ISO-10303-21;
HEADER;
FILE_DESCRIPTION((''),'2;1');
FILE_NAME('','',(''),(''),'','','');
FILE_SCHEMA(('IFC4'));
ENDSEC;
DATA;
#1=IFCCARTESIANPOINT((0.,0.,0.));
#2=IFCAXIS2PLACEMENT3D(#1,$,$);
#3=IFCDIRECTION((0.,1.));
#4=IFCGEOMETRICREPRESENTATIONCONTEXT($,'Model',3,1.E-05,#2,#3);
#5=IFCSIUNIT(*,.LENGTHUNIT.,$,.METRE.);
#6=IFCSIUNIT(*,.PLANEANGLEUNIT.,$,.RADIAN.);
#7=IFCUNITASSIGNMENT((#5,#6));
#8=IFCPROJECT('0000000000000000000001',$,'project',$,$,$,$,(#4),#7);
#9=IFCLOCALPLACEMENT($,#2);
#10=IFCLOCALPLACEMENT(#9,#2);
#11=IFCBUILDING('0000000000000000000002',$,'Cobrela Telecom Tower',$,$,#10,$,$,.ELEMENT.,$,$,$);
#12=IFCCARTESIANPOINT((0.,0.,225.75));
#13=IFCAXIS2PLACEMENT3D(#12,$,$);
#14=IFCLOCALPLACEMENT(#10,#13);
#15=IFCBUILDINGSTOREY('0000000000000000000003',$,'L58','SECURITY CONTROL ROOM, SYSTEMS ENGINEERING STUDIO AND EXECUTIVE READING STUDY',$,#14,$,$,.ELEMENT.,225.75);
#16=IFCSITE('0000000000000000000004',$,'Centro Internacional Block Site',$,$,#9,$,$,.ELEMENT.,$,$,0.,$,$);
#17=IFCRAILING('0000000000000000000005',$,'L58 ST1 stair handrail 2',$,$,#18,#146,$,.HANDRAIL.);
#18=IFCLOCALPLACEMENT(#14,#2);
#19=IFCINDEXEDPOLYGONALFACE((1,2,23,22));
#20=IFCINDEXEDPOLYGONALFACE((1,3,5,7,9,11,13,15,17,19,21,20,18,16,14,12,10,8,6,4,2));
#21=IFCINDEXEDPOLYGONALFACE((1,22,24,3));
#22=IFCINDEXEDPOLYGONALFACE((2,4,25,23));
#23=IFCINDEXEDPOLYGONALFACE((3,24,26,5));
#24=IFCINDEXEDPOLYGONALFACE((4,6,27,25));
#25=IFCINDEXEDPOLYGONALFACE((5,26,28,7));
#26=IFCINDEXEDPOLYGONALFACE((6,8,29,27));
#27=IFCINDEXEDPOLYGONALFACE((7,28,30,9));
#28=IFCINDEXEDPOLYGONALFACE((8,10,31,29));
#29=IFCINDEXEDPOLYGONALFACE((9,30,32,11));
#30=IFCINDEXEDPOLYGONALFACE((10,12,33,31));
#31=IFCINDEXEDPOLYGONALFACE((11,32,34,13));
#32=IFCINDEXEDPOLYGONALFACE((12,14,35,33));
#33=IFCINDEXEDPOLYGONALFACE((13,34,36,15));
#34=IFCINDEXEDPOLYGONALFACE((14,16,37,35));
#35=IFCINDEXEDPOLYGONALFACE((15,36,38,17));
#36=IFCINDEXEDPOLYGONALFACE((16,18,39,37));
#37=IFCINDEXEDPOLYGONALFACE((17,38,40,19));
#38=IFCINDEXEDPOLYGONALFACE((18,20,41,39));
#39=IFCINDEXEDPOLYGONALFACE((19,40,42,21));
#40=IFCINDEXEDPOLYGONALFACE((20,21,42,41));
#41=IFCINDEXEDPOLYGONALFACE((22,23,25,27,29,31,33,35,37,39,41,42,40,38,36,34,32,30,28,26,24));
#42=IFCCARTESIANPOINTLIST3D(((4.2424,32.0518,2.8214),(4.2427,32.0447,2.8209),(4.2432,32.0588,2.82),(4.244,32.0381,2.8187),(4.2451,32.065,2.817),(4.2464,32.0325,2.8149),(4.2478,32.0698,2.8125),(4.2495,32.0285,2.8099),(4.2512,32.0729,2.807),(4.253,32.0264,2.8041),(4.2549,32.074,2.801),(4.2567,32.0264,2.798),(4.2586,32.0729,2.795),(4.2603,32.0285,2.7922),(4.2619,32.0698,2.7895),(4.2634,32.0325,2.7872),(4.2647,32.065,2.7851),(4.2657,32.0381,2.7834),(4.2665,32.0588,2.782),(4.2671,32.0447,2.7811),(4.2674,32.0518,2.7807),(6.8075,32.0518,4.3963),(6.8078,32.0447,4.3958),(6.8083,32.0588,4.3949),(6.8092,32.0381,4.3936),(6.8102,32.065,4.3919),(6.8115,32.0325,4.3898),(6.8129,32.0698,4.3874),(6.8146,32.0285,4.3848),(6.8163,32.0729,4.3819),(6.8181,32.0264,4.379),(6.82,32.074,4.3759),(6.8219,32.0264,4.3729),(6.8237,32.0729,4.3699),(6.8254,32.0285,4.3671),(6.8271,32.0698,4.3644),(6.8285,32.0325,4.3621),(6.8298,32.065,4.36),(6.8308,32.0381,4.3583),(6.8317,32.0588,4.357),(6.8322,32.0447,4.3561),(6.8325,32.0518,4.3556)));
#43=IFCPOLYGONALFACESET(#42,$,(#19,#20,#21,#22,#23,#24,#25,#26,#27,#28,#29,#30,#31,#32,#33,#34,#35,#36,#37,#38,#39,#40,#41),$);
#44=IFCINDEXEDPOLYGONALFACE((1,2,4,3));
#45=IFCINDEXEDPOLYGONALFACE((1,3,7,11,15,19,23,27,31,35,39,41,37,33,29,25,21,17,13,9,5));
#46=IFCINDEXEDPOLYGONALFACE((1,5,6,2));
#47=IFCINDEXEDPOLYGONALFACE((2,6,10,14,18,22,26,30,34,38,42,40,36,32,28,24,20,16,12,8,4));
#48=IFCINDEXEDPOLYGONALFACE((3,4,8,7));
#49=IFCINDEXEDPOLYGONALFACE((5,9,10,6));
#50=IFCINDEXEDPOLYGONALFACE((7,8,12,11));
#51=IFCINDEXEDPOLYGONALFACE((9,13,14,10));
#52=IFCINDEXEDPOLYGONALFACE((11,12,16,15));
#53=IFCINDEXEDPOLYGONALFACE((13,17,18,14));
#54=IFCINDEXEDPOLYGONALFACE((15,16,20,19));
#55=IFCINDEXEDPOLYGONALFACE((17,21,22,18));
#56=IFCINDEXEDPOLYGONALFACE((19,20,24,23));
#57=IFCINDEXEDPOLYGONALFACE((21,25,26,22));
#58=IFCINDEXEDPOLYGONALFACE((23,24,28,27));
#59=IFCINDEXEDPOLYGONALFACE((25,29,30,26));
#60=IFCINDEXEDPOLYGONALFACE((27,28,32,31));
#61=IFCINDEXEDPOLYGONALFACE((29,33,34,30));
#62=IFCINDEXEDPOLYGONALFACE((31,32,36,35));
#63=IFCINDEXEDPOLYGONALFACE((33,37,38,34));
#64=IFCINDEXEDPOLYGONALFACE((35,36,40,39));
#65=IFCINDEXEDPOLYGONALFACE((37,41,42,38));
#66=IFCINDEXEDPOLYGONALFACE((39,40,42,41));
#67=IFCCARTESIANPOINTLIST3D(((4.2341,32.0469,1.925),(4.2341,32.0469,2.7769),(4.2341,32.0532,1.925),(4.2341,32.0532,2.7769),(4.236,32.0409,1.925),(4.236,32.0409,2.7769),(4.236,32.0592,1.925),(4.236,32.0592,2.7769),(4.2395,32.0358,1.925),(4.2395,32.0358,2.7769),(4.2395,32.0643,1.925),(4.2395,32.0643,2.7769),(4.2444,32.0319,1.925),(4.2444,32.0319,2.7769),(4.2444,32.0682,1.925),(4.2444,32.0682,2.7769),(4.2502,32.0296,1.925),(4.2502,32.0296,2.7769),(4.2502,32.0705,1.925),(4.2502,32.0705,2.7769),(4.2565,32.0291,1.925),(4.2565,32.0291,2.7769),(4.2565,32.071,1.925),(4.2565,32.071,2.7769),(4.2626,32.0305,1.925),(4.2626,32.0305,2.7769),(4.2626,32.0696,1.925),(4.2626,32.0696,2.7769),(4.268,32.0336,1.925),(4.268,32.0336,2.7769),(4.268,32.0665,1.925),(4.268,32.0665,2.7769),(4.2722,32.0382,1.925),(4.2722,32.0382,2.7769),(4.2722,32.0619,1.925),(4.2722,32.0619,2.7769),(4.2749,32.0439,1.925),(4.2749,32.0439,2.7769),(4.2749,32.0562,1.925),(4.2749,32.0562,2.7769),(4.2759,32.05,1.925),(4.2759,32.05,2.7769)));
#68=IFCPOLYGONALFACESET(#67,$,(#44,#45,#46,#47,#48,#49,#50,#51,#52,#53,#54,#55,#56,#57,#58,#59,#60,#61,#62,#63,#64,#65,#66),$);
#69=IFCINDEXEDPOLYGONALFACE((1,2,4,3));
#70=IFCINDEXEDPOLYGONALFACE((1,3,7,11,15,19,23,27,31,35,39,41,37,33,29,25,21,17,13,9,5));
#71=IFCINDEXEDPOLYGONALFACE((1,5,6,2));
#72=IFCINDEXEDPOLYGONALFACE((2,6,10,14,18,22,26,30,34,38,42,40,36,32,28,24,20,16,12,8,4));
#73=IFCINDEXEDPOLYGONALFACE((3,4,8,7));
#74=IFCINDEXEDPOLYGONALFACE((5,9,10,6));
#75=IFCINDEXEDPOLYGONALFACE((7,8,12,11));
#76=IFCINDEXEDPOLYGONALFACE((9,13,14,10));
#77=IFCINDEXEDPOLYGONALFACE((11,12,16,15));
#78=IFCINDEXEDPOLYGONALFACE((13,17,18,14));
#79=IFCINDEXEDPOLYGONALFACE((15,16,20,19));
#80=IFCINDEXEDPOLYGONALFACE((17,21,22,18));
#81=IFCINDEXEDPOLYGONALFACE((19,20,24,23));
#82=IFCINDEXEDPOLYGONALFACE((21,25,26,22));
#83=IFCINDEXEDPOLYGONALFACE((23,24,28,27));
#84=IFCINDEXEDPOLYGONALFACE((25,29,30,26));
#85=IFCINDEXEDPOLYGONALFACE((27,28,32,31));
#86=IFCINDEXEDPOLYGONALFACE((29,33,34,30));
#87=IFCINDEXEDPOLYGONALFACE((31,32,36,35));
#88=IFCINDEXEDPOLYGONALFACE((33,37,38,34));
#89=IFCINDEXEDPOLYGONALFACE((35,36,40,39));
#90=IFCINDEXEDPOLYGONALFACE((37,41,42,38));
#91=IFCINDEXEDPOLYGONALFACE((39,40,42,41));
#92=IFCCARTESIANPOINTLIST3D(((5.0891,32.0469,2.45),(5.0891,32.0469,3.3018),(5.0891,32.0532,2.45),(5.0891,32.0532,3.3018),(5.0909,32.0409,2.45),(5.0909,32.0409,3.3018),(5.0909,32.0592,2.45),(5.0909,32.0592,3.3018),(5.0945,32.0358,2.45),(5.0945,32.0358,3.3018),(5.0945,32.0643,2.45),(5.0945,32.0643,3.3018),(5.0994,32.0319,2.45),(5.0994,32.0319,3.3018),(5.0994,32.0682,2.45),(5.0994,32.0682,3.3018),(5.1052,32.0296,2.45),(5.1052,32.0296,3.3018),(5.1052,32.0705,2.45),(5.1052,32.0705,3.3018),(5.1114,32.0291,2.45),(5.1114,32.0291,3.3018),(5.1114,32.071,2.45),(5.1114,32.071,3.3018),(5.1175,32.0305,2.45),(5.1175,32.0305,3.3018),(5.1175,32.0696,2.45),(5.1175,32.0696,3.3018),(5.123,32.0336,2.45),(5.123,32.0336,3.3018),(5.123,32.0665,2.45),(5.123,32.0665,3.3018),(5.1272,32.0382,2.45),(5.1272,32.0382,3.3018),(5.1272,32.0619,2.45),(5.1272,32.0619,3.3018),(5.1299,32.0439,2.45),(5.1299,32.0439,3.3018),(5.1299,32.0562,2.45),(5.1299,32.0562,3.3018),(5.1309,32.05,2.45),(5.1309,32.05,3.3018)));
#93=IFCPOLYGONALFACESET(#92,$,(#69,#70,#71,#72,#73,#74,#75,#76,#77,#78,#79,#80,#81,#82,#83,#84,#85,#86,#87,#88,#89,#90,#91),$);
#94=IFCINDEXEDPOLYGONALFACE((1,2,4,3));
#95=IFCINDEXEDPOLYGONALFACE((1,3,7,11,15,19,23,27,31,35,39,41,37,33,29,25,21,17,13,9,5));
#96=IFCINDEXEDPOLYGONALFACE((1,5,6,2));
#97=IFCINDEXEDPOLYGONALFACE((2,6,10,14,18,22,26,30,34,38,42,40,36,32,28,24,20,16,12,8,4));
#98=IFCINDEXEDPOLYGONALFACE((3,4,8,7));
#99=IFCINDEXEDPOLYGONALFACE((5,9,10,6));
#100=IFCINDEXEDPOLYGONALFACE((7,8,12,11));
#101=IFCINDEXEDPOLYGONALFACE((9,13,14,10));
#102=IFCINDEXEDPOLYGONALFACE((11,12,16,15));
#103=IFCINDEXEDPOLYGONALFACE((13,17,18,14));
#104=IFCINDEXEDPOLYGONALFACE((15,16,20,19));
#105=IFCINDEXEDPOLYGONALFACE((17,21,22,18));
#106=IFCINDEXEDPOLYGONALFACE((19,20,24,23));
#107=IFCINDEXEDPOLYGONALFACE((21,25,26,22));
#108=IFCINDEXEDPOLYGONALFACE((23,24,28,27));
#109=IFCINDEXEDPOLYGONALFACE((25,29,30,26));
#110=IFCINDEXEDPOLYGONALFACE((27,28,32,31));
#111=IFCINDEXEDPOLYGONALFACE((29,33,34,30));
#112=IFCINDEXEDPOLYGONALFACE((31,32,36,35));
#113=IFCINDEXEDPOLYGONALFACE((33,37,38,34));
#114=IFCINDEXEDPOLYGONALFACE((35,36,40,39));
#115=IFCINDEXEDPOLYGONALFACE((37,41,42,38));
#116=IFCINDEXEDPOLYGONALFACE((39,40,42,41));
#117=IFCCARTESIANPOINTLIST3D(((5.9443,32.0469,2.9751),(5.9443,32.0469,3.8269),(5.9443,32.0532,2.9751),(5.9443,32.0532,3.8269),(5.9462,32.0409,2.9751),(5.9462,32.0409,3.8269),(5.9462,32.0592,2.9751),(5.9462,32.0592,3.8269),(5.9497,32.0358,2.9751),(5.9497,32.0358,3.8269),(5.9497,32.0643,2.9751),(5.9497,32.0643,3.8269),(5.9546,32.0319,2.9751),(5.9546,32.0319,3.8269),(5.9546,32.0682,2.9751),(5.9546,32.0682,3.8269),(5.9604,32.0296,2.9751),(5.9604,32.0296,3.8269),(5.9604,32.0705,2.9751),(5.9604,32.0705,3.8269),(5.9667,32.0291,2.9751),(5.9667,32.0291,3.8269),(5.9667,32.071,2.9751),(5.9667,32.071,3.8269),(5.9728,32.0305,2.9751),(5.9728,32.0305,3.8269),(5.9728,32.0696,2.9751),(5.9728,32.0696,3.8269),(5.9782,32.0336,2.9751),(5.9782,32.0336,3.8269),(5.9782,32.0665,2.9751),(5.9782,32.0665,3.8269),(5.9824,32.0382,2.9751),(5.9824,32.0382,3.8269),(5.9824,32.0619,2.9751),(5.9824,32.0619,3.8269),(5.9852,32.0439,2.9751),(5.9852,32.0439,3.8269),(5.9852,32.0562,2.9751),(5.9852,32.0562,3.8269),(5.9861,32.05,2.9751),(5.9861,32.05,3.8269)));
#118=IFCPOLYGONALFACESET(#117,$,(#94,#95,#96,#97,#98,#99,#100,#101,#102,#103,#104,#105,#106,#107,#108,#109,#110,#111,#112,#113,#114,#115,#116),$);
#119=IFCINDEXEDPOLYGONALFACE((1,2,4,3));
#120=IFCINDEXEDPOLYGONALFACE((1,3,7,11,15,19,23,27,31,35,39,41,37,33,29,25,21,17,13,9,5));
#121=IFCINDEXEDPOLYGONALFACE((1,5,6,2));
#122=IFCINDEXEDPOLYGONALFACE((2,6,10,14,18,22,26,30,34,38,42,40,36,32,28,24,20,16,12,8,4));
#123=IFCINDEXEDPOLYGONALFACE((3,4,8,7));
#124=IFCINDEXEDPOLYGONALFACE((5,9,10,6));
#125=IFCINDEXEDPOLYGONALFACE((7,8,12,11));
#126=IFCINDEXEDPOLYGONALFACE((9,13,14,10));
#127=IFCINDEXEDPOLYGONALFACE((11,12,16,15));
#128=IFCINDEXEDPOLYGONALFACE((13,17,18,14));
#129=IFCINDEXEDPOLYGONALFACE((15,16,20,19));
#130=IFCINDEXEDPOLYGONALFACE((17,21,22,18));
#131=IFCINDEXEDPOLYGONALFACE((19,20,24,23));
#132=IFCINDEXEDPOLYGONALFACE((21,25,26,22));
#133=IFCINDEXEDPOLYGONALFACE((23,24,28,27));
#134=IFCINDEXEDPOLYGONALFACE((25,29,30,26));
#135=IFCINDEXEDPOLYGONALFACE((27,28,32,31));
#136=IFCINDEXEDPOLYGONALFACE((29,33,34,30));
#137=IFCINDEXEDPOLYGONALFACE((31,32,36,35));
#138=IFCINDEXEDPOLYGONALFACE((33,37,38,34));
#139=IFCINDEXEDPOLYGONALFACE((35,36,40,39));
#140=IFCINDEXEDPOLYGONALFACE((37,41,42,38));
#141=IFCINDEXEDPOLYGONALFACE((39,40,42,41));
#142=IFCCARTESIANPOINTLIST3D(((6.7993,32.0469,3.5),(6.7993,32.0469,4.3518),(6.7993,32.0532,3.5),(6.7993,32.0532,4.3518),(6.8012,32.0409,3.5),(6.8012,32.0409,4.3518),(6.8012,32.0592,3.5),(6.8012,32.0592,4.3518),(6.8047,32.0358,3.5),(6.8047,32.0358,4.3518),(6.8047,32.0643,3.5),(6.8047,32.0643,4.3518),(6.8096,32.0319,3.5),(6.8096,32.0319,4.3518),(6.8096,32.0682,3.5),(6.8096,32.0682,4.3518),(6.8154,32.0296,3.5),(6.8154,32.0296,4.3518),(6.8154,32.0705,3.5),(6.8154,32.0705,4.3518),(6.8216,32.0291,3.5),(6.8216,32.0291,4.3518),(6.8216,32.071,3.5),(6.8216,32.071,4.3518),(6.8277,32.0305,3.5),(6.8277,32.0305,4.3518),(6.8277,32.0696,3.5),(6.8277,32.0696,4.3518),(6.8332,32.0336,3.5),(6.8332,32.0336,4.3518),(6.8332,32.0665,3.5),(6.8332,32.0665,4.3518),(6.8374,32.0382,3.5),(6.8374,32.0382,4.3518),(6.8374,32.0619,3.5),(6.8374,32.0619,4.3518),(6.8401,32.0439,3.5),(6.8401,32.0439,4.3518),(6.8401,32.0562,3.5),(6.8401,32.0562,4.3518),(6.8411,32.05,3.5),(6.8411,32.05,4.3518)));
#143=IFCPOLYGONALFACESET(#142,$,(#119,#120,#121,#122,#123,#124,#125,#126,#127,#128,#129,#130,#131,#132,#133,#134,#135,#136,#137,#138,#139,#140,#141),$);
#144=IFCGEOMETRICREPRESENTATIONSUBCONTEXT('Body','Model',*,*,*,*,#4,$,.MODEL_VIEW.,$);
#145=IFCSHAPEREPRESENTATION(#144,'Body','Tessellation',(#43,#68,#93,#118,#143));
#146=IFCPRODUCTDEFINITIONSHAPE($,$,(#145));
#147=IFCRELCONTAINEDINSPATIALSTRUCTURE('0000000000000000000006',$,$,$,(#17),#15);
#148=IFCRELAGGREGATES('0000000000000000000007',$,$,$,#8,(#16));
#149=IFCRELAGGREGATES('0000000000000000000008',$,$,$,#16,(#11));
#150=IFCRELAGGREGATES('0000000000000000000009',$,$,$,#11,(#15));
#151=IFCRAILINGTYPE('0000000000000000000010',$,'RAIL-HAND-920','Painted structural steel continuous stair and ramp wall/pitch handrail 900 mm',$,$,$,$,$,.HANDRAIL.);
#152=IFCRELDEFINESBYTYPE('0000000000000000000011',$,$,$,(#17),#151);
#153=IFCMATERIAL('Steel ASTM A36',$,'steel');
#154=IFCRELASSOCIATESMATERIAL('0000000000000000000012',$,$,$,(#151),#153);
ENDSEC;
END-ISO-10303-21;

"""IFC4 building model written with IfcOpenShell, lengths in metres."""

from ifc_helpers import new_model, si_unit, direction, frame, origin, origin_2d, place, context, subcontext, project, spatial, circle, extrude, material, type_object, element, save


model = new_model("IFC4")

# Units and contexts
model_context = context("Model", 3, precision=1e-05, world=origin(), true_north=direction((0.0, 1.0)))
body_context = subcontext(model_context, "Body", "Model", "MODEL_VIEW")
ifc_project = project(units=[si_unit("LENGTHUNIT", "METRE"), si_unit("PLANEANGLEUNIT", "RADIAN")], contexts=[model_context])

# Site, building, storey
site_placement = place(None, origin())
site = spatial("IfcSite", under=ifc_project, at=site_placement, Name="Centro Internacional Block Site", CompositionType="ELEMENT", RefElevation=0.0)
building_placement = place(site_placement, origin())
building = spatial("IfcBuilding", under=site, at=building_placement, Name="Cobrela Telecom Tower", CompositionType="ELEMENT")
storey_placement = place(building_placement, frame((0.0, 0.0, 225.75)))
storey = spatial("IfcBuildingStorey", under=building, at=storey_placement, Name="L58", Description="SECURITY CONTROL ROOM, SYSTEMS ENGINEERING STUDIO AND EXECUTIVE READING STUDY", CompositionType="ELEMENT", Elevation=225.75)

# Shared definitions
ifc_material_1 = material(Name="Steel ASTM A36", Category="steel")

# Railing
railing_type_1 = type_object("IfcRailingType", Name="RAIL-HAND-920", Description="Painted structural steel continuous stair and ramp wall/pitch handrail 900 mm", PredefinedType="HANDRAIL", material=ifc_material_1)
railing_1_placement = place(storey_placement, frame((4.2549, 32.05, 1.925)))
element("IfcRailing", 1, at=railing_1_placement, inside=storey, type_object=railing_type_1, Name="L58 ST1 stair handrail 2", PredefinedType="HANDRAIL", context=body_context, shape_type="SweptSolid", body=[
    extrude(circle(Radius=0.0239, at=origin_2d()), frame((0.0, 0.0, 0.876), z_axis=(0.852195, 0.0, 0.523224), x_axis=(0.0, 1.0, 0.0)), (0.0, 0.0, 1.0), 3.01),
    extrude(circle(Radius=0.021, at=origin_2d()), origin(), (0.0, 0.0, 1.0), 0.8518),
    extrude(circle(Radius=0.021, at=origin_2d()), frame((0.855, 0.0, 0.5249)), (0.0, 0.0, 1.0), 0.8518),
    extrude(circle(Radius=0.021, at=origin_2d()), frame((1.7102, 0.0, 1.05)), (0.0, 0.0, 1.0), 0.8518),
    extrude(circle(Radius=0.021, at=origin_2d()), frame((2.5652, 0.0, 1.575)), (0.0, 0.0, 1.0), 0.8518),
])

save(model, "model.ifc")
